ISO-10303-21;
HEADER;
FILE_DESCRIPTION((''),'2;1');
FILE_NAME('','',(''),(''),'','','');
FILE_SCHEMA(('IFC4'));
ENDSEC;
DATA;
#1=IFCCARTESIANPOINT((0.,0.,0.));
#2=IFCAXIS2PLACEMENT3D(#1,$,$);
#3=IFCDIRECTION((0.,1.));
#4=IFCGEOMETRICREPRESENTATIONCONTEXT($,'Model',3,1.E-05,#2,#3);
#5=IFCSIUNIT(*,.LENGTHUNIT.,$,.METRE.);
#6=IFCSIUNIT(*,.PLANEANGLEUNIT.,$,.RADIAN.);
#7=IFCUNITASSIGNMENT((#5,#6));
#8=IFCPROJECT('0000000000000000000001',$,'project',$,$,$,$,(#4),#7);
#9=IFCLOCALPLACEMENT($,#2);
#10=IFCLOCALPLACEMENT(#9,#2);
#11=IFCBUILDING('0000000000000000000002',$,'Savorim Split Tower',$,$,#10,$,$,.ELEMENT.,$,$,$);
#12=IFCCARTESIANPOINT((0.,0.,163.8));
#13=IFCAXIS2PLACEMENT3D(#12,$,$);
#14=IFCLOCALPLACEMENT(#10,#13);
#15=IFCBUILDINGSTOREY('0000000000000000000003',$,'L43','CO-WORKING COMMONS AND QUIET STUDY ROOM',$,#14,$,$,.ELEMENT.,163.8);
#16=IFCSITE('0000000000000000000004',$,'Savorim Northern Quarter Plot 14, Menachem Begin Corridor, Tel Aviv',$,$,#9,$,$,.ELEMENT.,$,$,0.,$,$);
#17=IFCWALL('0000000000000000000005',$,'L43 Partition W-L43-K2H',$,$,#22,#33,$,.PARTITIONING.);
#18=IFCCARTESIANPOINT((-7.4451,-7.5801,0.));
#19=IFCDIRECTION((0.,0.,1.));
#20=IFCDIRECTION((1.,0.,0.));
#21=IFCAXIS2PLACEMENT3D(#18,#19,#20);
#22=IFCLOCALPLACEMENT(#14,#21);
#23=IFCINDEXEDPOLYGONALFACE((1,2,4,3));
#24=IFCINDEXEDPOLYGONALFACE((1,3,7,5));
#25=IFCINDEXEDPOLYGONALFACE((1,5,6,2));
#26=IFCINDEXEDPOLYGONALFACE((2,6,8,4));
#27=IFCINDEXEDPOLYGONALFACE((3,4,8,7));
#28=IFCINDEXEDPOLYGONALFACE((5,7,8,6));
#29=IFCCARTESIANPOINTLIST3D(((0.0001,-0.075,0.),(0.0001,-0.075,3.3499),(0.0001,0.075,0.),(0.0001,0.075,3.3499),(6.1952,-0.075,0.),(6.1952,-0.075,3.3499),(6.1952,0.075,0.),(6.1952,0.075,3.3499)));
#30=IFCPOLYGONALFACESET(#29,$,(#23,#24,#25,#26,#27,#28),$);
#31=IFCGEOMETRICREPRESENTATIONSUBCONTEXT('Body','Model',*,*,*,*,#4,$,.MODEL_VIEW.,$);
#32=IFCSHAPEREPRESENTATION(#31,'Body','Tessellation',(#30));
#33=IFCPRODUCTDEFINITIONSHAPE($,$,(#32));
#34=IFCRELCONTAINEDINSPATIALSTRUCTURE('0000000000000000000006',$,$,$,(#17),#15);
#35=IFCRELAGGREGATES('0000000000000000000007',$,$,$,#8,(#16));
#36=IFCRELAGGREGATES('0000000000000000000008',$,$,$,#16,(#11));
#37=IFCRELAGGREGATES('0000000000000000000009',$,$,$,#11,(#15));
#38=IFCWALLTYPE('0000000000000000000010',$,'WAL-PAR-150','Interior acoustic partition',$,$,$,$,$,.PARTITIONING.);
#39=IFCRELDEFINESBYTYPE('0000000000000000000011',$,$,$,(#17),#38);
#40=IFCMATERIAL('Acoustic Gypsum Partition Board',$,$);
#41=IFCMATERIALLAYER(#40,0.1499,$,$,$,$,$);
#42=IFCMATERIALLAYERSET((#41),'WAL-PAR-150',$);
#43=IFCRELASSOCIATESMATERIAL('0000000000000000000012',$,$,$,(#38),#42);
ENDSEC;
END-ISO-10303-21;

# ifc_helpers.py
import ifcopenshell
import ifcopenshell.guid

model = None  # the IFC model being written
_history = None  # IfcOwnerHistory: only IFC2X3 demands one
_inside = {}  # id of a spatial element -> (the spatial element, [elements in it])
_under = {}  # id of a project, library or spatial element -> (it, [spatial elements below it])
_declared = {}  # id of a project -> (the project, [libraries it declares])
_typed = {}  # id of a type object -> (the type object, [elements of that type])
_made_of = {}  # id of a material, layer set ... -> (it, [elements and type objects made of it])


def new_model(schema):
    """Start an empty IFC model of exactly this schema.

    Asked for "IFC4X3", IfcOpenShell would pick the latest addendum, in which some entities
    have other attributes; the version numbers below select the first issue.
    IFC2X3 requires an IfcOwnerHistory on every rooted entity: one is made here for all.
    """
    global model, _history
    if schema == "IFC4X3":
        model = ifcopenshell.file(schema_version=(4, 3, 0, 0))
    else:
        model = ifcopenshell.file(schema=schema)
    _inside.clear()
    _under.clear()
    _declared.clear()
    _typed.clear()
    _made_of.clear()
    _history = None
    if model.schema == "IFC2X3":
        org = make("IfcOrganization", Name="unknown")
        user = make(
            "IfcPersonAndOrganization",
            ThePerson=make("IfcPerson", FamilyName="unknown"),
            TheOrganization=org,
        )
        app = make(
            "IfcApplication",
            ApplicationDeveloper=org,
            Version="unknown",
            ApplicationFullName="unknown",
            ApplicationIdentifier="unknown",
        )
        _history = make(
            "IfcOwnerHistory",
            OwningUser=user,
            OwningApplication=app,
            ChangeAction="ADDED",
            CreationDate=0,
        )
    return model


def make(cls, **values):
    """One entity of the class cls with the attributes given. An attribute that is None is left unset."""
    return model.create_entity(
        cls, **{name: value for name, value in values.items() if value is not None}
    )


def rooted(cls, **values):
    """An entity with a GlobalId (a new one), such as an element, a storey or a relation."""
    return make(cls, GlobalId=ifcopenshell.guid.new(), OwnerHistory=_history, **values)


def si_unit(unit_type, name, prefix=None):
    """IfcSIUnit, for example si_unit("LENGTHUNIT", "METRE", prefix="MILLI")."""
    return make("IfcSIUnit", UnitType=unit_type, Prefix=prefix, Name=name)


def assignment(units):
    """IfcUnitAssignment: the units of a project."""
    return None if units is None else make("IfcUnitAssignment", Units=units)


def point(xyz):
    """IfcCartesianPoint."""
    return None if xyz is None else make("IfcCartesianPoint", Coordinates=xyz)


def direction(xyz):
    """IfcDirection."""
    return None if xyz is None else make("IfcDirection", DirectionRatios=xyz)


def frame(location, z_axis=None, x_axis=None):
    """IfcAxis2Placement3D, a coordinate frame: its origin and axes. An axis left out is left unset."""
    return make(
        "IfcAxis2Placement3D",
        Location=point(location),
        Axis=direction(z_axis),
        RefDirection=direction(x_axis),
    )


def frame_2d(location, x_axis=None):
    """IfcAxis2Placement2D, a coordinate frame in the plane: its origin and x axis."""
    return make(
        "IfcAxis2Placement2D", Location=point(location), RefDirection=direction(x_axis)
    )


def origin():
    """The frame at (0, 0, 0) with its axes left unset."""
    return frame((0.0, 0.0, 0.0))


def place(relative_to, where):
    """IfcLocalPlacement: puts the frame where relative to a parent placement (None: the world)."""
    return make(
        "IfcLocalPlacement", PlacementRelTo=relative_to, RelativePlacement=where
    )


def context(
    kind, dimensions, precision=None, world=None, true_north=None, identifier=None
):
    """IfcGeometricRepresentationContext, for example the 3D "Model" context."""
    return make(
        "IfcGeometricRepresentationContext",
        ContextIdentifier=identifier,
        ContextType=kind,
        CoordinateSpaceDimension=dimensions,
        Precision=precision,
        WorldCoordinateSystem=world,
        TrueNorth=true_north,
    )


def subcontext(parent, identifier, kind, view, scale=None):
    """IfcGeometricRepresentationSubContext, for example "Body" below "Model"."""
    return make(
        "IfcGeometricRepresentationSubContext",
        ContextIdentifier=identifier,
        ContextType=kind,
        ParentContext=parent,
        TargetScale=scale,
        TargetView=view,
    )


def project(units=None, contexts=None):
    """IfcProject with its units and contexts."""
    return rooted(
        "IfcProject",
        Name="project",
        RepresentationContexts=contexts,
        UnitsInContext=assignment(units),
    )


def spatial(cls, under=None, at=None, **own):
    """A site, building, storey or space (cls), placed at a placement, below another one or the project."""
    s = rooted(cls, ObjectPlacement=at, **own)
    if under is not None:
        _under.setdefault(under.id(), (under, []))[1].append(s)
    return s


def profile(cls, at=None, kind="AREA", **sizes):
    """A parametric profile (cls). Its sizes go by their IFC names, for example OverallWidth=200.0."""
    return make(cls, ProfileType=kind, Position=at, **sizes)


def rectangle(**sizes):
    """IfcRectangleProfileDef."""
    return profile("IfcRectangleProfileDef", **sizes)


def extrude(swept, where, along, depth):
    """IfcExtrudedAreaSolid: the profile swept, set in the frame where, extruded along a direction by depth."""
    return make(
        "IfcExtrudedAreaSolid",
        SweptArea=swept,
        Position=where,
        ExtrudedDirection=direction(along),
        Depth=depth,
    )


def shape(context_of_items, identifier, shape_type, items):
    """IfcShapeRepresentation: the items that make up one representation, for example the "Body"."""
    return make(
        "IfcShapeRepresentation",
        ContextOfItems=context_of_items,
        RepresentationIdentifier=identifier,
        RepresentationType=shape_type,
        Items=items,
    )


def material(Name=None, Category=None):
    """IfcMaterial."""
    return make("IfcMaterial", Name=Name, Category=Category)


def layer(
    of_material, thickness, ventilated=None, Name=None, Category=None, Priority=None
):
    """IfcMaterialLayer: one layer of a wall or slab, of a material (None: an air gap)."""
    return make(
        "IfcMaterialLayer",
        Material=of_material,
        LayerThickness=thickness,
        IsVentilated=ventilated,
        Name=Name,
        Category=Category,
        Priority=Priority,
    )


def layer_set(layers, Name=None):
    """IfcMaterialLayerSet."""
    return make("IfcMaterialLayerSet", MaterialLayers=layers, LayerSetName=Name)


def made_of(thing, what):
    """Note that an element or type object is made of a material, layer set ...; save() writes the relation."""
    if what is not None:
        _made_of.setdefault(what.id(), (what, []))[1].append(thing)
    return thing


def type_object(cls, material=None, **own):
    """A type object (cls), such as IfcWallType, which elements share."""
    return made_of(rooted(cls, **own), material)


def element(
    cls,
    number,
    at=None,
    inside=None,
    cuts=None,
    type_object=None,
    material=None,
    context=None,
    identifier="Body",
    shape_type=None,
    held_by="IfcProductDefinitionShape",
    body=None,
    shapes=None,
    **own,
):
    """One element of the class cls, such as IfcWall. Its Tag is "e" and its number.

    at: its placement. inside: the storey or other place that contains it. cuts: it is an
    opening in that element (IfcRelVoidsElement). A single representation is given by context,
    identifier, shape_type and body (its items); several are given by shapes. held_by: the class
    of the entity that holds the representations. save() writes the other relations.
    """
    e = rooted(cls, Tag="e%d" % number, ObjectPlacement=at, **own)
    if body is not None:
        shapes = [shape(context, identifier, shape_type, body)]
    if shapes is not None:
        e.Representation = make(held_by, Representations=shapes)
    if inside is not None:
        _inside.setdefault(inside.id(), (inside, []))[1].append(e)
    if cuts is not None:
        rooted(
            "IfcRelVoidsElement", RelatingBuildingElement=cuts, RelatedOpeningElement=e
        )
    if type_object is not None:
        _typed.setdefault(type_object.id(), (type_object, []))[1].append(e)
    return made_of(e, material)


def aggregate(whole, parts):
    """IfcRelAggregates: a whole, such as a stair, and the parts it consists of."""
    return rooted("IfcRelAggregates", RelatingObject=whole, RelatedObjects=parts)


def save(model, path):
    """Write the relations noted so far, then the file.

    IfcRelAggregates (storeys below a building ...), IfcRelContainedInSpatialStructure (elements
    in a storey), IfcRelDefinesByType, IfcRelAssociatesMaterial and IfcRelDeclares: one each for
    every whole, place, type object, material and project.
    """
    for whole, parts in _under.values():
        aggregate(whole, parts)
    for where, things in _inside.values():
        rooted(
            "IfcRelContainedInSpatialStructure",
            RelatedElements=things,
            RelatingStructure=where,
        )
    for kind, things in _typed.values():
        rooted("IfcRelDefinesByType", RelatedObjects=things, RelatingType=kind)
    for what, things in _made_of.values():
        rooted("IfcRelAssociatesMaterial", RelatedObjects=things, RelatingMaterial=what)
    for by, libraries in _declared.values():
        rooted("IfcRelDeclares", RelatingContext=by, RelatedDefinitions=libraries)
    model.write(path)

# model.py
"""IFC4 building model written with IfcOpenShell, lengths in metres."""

from ifc_helpers import new_model, si_unit, direction, frame, frame_2d, origin, place, context, subcontext, project, spatial, rectangle, extrude, material, layer, layer_set, type_object, element, save


model = new_model("IFC4")

# Units and contexts
model_context = context("Model", 3, precision=1e-05, world=origin(), true_north=direction((0.0, 1.0)))
body_context = subcontext(model_context, "Body", "Model", "MODEL_VIEW")
ifc_project = project(units=[si_unit("LENGTHUNIT", "METRE"), si_unit("PLANEANGLEUNIT", "RADIAN")], contexts=[model_context])

# Site, building, storey
site_placement = place(None, origin())
site = spatial("IfcSite", under=ifc_project, at=site_placement, Name="Savorim Northern Quarter Plot 14, Menachem Begin Corridor, Tel Aviv", CompositionType="ELEMENT", RefElevation=0.0)
building_placement = place(site_placement, origin())
building = spatial("IfcBuilding", under=site, at=building_placement, Name="Savorim Split Tower", CompositionType="ELEMENT")
storey_placement = place(building_placement, frame((0.0, 0.0, 163.8)))
storey = spatial("IfcBuildingStorey", under=building, at=storey_placement, Name="L43", Description="CO-WORKING COMMONS AND QUIET STUDY ROOM", CompositionType="ELEMENT", Elevation=163.8)

# Wall
ifc_material_1 = material(Name="Acoustic Gypsum Partition Board")
ifc_layer_1 = layer(ifc_material_1, 0.1499)
ifc_layer_set_1 = layer_set([ifc_layer_1], Name="WAL-PAR-150")
wall_type_1 = type_object("IfcWallType", Name="WAL-PAR-150", Description="Interior acoustic partition", PredefinedType="PARTITIONING", material=ifc_layer_set_1)
wall_1_placement = place(storey_placement, frame((-7.4451, -7.5801, 0.0), z_axis=(0.0, 0.0, 1.0), x_axis=(1.0, 0.0, 0.0)))
element("IfcWall", 1, at=wall_1_placement, inside=storey, type_object=wall_type_1, Name="L43 Partition W-L43-K2H", PredefinedType="PARTITIONING", context=body_context, shape_type="SweptSolid", body=[
    extrude(rectangle(XDim=6.1951, YDim=0.1499, at=frame_2d((3.0977, 0.0))), origin(), (0.0, 0.0, 1.0), 3.3499),
])

save(model, "model.ifc")
